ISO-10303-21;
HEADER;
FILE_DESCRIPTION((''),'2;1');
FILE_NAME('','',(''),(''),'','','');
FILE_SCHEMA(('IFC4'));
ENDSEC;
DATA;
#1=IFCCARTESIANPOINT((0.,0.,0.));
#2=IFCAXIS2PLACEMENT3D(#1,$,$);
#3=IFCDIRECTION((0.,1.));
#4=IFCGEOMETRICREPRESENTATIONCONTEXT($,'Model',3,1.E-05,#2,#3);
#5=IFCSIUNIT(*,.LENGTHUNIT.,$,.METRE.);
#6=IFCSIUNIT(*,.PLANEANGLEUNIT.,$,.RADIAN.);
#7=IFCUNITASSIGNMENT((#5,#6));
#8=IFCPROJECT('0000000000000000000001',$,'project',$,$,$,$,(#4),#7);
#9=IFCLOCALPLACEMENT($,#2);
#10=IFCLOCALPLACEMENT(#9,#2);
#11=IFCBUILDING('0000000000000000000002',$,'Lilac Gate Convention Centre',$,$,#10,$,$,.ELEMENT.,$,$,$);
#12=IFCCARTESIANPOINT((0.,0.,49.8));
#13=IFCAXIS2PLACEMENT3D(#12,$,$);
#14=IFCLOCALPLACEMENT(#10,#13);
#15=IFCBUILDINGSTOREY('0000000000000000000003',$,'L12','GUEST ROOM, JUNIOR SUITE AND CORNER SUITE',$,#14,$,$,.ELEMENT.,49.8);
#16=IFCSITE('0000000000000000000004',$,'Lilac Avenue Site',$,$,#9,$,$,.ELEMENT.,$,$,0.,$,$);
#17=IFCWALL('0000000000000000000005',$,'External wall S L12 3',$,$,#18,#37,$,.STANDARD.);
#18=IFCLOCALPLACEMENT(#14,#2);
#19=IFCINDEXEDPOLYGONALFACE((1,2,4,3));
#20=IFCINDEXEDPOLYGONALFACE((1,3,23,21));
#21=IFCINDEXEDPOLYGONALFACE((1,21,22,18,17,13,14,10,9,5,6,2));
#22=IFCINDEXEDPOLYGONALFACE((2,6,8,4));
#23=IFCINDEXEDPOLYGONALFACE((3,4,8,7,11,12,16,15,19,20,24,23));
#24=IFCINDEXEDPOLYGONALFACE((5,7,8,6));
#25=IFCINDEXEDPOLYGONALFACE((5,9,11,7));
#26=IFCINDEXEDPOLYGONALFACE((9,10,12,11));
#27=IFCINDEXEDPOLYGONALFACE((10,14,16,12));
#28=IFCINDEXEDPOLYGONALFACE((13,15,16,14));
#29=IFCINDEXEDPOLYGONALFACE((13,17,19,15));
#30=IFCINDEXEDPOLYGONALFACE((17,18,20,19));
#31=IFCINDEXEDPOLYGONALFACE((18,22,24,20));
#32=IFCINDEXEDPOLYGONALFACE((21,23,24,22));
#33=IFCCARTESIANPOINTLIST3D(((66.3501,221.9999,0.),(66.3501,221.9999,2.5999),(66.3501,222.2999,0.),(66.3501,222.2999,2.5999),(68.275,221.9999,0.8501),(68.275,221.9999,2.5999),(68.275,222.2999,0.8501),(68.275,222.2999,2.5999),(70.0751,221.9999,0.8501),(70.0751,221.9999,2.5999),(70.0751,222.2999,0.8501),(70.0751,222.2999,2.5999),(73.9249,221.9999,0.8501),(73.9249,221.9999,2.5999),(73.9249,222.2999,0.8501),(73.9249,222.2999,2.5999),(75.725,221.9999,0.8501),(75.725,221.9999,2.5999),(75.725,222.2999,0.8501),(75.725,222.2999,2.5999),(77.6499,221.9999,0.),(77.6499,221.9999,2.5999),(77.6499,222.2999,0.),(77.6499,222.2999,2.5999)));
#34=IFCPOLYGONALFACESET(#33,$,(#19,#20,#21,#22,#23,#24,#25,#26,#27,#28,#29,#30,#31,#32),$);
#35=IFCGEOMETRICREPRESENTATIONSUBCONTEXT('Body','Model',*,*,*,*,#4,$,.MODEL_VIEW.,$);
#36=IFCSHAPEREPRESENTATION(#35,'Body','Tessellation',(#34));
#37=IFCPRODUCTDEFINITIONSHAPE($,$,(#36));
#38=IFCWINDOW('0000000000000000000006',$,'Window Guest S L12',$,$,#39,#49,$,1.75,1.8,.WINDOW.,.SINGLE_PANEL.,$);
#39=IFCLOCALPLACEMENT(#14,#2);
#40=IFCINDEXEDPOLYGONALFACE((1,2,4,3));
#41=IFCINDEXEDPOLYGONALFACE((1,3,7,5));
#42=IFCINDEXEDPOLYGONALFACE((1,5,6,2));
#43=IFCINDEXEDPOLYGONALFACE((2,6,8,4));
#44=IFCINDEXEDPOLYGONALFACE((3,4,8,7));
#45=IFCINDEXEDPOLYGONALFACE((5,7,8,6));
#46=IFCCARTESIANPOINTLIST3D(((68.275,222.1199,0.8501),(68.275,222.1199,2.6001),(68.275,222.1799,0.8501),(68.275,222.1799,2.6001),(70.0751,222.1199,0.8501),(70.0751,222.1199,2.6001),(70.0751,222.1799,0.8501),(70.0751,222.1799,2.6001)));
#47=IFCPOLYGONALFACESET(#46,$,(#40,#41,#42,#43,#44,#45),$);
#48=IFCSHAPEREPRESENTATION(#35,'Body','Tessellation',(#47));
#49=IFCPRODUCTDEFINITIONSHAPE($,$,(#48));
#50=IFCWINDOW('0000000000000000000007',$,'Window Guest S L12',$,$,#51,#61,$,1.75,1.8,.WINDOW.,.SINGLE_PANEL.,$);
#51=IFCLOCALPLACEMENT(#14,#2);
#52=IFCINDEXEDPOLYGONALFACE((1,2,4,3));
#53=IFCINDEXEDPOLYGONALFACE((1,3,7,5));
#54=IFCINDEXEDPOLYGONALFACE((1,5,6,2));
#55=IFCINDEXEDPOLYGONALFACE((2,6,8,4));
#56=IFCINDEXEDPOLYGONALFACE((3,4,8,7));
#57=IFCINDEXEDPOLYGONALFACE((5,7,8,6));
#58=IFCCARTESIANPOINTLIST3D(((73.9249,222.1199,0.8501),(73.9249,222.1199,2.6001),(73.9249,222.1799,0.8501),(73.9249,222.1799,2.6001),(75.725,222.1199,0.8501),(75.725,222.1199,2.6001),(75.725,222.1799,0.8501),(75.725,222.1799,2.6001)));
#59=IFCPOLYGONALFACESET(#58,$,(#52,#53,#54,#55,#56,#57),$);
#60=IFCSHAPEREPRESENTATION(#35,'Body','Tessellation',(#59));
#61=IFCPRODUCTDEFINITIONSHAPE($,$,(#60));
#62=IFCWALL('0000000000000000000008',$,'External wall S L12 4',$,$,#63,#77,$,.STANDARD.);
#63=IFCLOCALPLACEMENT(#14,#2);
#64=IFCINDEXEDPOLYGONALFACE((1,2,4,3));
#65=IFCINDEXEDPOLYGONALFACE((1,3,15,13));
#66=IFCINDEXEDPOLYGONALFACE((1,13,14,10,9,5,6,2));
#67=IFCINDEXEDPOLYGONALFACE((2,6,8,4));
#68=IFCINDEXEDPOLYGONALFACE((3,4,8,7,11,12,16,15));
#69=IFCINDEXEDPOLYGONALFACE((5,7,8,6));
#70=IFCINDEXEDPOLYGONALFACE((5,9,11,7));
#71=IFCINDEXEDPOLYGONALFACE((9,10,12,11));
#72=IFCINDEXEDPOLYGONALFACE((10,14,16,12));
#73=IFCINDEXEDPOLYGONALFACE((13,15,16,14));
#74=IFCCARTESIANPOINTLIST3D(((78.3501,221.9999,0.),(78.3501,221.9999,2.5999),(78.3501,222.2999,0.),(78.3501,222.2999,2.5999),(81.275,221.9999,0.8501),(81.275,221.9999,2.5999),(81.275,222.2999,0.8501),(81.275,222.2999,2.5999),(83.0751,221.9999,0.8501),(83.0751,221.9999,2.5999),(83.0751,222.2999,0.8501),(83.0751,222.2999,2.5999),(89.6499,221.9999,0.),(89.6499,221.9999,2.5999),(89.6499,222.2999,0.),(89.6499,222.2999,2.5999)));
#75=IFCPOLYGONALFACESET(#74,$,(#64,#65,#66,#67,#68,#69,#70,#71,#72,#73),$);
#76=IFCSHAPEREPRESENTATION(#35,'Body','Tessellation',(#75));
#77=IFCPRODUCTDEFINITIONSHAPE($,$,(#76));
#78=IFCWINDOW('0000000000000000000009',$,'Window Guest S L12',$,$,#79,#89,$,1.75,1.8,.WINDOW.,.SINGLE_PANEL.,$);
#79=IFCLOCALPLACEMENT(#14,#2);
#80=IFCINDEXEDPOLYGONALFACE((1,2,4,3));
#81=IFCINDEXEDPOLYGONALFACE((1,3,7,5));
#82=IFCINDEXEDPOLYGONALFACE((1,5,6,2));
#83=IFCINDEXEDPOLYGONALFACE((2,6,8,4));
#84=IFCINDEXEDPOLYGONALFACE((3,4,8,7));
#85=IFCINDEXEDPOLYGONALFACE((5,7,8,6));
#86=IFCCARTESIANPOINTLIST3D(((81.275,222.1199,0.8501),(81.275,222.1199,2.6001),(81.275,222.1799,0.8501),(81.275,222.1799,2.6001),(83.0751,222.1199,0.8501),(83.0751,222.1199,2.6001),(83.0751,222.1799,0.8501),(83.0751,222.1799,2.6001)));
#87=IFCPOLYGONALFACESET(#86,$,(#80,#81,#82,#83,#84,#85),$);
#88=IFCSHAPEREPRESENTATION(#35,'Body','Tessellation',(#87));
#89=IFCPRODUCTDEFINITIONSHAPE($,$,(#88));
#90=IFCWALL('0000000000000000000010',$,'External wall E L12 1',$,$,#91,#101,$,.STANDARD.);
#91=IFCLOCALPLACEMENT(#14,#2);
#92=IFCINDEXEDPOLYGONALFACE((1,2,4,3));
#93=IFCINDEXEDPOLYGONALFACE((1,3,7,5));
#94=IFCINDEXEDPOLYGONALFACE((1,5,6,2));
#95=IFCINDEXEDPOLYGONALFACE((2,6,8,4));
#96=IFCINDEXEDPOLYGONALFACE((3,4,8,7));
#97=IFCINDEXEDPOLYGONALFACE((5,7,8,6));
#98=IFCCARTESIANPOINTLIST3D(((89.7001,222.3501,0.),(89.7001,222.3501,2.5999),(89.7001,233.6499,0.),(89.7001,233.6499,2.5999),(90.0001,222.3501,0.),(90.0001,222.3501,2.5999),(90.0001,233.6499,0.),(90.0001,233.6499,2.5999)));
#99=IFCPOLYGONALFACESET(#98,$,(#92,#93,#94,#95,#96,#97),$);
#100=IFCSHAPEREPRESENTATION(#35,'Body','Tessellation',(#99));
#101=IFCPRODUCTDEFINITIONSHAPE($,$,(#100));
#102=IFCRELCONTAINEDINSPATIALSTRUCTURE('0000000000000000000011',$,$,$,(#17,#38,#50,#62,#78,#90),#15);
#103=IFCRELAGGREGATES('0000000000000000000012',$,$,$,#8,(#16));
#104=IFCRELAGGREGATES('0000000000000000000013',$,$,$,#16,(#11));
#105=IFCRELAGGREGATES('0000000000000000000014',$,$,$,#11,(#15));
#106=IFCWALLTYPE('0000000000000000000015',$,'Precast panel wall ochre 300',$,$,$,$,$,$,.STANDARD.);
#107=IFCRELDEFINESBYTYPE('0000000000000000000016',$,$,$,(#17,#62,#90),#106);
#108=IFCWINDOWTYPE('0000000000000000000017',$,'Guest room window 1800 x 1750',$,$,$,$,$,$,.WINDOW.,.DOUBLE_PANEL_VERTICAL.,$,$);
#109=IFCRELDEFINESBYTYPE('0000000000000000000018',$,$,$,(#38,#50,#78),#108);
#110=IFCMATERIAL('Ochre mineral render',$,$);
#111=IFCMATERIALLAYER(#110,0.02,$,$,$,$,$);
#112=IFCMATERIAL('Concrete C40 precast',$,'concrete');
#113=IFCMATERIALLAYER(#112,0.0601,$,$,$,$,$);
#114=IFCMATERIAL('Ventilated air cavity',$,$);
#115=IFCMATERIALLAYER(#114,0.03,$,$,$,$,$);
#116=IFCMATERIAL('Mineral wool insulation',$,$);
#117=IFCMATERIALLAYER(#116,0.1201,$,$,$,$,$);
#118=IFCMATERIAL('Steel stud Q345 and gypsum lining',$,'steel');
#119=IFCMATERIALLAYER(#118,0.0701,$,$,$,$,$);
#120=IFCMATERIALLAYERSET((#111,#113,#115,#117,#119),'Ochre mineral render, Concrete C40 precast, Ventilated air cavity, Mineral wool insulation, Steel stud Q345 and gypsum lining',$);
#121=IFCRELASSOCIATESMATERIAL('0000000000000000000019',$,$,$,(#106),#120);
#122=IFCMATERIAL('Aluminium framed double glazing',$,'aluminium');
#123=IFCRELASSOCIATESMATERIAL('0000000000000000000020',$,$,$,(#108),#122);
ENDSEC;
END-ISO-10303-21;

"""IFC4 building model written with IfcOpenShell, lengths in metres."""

from ifc_helpers import new_model, si_unit, direction, frame, frame_2d, origin, place, context, subcontext, project, spatial, rectangle, extrude, material, layer, layer_set, type_object, element, fill, save


model = new_model("IFC4")

# Units and contexts
model_context = context("Model", 3, precision=1e-05, world=origin(), true_north=direction((0.0, 1.0)))
body_context = subcontext(model_context, "Body", "Model", "MODEL_VIEW")
ifc_project = project(units=[si_unit("LENGTHUNIT", "METRE"), si_unit("PLANEANGLEUNIT", "RADIAN")], contexts=[model_context])

# Site, building, storey
site_placement = place(None, origin())
site = spatial("IfcSite", under=ifc_project, at=site_placement, Name="Lilac Avenue Site", CompositionType="ELEMENT", RefElevation=0.0)
building_placement = place(site_placement, origin())
building = spatial("IfcBuilding", under=site, at=building_placement, Name="Lilac Gate Convention Centre", CompositionType="ELEMENT")
storey_placement = place(building_placement, frame((0.0, 0.0, 49.8)))
storey = spatial("IfcBuildingStorey", under=building, at=storey_placement, Name="L12", Description="GUEST ROOM, JUNIOR SUITE AND CORNER SUITE", CompositionType="ELEMENT", Elevation=49.8)

# Shared definitions
ifc_material_1 = material(Name="Aluminium framed double glazing", Category="aluminium")

# Shared definitions
ifc_material_2 = material(Name="Concrete C40 precast", Category="concrete")

# Wall, openings, windows
ifc_material_3 = material(Name="Ochre mineral render")
ifc_layer_1 = layer(ifc_material_3, 0.02)
ifc_layer_2 = layer(ifc_material_2, 0.0601)
ifc_material_4 = material(Name="Ventilated air cavity")
ifc_layer_3 = layer(ifc_material_4, 0.03)
ifc_material_5 = material(Name="Mineral wool insulation")
ifc_layer_4 = layer(ifc_material_5, 0.1201)
ifc_material_6 = material(Name="Steel stud Q345 and gypsum lining", Category="steel")
ifc_layer_5 = layer(ifc_material_6, 0.0701)
ifc_layer_set_1 = layer_set([ifc_layer_1, ifc_layer_2, ifc_layer_3, ifc_layer_4, ifc_layer_5], Name="Ochre mineral render, Concrete C40 precast, Ventilated air cavity, Mineral wool insulation, Steel stud Q345 and gypsum lining")
wall_type_1 = type_object("IfcWallType", Name="Precast panel wall ochre 300", PredefinedType="STANDARD", material=ifc_layer_set_1)
window_type = type_object("IfcWindowType", Name="Guest room window 1800 x 1750", PartitioningType="DOUBLE_PANEL_VERTICAL", PredefinedType="WINDOW", material=ifc_material_1)
wall_1_placement = place(storey_placement, frame((66.3501, 222.1499, 0.0), z_axis=(0.0, 0.0, 1.0), x_axis=(1.0, 0.0, 0.0)))
wall_1 = element("IfcWall", 1, at=wall_1_placement, inside=storey, type_object=wall_type_1, Name="External wall S L12 3", PredefinedType="STANDARD", context=body_context, shape_type="SweptSolid", body=[
    extrude(rectangle(XDim=11.2998, YDim=0.3, at=frame_2d((5.6499, 0.0))), origin(), (0.0, 0.0, 1.0), 2.5999),
])
opening_1_placement = place(wall_1_placement, frame((1.925, 0.0, 0.8501)))
opening_1 = element("IfcOpeningElement", 2, at=opening_1_placement, cuts=wall_1, PredefinedType="OPENING", context=body_context, shape_type="SweptSolid", body=[
    extrude(rectangle(XDim=1.8, YDim=1.75, at=frame_2d((0.8999, 0.875))), frame((0.0, 0.1599, 0.0), z_axis=(0.0, -1.0, 0.0), x_axis=(1.0, 0.0, 0.0)), (0.0, 0.0, 1.0), 0.3201),
])
opening_2_placement = place(wall_1_placement, frame((7.575, 0.0, 0.8501)))
opening_2 = element("IfcOpeningElement", 3, at=opening_2_placement, cuts=wall_1, PredefinedType="OPENING", context=body_context, shape_type="SweptSolid", body=[
    extrude(rectangle(XDim=1.8, YDim=1.75, at=frame_2d((0.8999, 0.875))), frame((0.0, 0.1599, 0.0), z_axis=(0.0, -1.0, 0.0), x_axis=(1.0, 0.0, 0.0)), (0.0, 0.0, 1.0), 0.3201),
])
window_1_placement = place(opening_1_placement, origin())
window_1 = element("IfcWindow", 4, at=window_1_placement, inside=storey, type_object=window_type, Name="Window Guest S L12", OverallHeight=1.75, OverallWidth=1.8, PartitioningType="SINGLE_PANEL", PredefinedType="WINDOW", context=body_context, shape_type="SweptSolid", body=[
    extrude(rectangle(XDim=1.8, YDim=1.75, at=frame_2d((0.8999, 0.875))), frame((0.0, 0.03, 0.0), z_axis=(0.0, -1.0, 0.0), x_axis=(1.0, 0.0, 0.0)), (0.0, 0.0, 1.0), 0.0601),
])
fill(opening_1, window_1)
window_2_placement = place(opening_2_placement, origin())
window_2 = element("IfcWindow", 5, at=window_2_placement, inside=storey, type_object=window_type, Name="Window Guest S L12", OverallHeight=1.75, OverallWidth=1.8, PartitioningType="SINGLE_PANEL", PredefinedType="WINDOW", context=body_context, shape_type="SweptSolid", body=[
    extrude(rectangle(XDim=1.8, YDim=1.75, at=frame_2d((0.8999, 0.875))), frame((0.0, 0.03, 0.0), z_axis=(0.0, -1.0, 0.0), x_axis=(1.0, 0.0, 0.0)), (0.0, 0.0, 1.0), 0.0601),
])
fill(opening_2, window_2)

# Wall, opening, window
wall_2_placement = place(storey_placement, frame((78.3501, 222.1499, 0.0), z_axis=(0.0, 0.0, 1.0), x_axis=(1.0, 0.0, 0.0)))
wall_2 = element("IfcWall", 6, at=wall_2_placement, inside=storey, type_object=wall_type_1, Name="External wall S L12 4", PredefinedType="STANDARD", context=body_context, shape_type="SweptSolid", body=[
    extrude(rectangle(XDim=11.2998, YDim=0.3, at=frame_2d((5.6499, 0.0))), origin(), (0.0, 0.0, 1.0), 2.5999),
])
opening_3_placement = place(wall_2_placement, frame((2.925, 0.0, 0.8501)))
opening_3 = element("IfcOpeningElement", 7, at=opening_3_placement, cuts=wall_2, PredefinedType="OPENING", context=body_context, shape_type="SweptSolid", body=[
    extrude(rectangle(XDim=1.8, YDim=1.75, at=frame_2d((0.8999, 0.875))), frame((0.0, 0.1599, 0.0), z_axis=(0.0, -1.0, 0.0), x_axis=(1.0, 0.0, 0.0)), (0.0, 0.0, 1.0), 0.3201),
])
window_3_placement = place(opening_3_placement, origin())
window_3 = element("IfcWindow", 8, at=window_3_placement, inside=storey, type_object=window_type, Name="Window Guest S L12", OverallHeight=1.75, OverallWidth=1.8, PartitioningType="SINGLE_PANEL", PredefinedType="WINDOW", context=body_context, shape_type="SweptSolid", body=[
    extrude(rectangle(XDim=1.8, YDim=1.75, at=frame_2d((0.8999, 0.875))), frame((0.0, 0.03, 0.0), z_axis=(0.0, -1.0, 0.0), x_axis=(1.0, 0.0, 0.0)), (0.0, 0.0, 1.0), 0.0601),
])
fill(opening_3, window_3)

# Wall
wall_3_placement = place(storey_placement, frame((89.8501, 222.3501, 0.0), z_axis=(0.0, 0.0, 1.0), x_axis=(0.0, 1.0, 0.0)))
element("IfcWall", 9, at=wall_3_placement, inside=storey, type_object=wall_type_1, Name="External wall E L12 1", PredefinedType="STANDARD", context=body_context, shape_type="SweptSolid", body=[
    extrude(rectangle(XDim=11.2998, YDim=0.3, at=frame_2d((5.6499, 0.0))), origin(), (0.0, 0.0, 1.0), 2.5999),
])

save(model, "model.ifc")
